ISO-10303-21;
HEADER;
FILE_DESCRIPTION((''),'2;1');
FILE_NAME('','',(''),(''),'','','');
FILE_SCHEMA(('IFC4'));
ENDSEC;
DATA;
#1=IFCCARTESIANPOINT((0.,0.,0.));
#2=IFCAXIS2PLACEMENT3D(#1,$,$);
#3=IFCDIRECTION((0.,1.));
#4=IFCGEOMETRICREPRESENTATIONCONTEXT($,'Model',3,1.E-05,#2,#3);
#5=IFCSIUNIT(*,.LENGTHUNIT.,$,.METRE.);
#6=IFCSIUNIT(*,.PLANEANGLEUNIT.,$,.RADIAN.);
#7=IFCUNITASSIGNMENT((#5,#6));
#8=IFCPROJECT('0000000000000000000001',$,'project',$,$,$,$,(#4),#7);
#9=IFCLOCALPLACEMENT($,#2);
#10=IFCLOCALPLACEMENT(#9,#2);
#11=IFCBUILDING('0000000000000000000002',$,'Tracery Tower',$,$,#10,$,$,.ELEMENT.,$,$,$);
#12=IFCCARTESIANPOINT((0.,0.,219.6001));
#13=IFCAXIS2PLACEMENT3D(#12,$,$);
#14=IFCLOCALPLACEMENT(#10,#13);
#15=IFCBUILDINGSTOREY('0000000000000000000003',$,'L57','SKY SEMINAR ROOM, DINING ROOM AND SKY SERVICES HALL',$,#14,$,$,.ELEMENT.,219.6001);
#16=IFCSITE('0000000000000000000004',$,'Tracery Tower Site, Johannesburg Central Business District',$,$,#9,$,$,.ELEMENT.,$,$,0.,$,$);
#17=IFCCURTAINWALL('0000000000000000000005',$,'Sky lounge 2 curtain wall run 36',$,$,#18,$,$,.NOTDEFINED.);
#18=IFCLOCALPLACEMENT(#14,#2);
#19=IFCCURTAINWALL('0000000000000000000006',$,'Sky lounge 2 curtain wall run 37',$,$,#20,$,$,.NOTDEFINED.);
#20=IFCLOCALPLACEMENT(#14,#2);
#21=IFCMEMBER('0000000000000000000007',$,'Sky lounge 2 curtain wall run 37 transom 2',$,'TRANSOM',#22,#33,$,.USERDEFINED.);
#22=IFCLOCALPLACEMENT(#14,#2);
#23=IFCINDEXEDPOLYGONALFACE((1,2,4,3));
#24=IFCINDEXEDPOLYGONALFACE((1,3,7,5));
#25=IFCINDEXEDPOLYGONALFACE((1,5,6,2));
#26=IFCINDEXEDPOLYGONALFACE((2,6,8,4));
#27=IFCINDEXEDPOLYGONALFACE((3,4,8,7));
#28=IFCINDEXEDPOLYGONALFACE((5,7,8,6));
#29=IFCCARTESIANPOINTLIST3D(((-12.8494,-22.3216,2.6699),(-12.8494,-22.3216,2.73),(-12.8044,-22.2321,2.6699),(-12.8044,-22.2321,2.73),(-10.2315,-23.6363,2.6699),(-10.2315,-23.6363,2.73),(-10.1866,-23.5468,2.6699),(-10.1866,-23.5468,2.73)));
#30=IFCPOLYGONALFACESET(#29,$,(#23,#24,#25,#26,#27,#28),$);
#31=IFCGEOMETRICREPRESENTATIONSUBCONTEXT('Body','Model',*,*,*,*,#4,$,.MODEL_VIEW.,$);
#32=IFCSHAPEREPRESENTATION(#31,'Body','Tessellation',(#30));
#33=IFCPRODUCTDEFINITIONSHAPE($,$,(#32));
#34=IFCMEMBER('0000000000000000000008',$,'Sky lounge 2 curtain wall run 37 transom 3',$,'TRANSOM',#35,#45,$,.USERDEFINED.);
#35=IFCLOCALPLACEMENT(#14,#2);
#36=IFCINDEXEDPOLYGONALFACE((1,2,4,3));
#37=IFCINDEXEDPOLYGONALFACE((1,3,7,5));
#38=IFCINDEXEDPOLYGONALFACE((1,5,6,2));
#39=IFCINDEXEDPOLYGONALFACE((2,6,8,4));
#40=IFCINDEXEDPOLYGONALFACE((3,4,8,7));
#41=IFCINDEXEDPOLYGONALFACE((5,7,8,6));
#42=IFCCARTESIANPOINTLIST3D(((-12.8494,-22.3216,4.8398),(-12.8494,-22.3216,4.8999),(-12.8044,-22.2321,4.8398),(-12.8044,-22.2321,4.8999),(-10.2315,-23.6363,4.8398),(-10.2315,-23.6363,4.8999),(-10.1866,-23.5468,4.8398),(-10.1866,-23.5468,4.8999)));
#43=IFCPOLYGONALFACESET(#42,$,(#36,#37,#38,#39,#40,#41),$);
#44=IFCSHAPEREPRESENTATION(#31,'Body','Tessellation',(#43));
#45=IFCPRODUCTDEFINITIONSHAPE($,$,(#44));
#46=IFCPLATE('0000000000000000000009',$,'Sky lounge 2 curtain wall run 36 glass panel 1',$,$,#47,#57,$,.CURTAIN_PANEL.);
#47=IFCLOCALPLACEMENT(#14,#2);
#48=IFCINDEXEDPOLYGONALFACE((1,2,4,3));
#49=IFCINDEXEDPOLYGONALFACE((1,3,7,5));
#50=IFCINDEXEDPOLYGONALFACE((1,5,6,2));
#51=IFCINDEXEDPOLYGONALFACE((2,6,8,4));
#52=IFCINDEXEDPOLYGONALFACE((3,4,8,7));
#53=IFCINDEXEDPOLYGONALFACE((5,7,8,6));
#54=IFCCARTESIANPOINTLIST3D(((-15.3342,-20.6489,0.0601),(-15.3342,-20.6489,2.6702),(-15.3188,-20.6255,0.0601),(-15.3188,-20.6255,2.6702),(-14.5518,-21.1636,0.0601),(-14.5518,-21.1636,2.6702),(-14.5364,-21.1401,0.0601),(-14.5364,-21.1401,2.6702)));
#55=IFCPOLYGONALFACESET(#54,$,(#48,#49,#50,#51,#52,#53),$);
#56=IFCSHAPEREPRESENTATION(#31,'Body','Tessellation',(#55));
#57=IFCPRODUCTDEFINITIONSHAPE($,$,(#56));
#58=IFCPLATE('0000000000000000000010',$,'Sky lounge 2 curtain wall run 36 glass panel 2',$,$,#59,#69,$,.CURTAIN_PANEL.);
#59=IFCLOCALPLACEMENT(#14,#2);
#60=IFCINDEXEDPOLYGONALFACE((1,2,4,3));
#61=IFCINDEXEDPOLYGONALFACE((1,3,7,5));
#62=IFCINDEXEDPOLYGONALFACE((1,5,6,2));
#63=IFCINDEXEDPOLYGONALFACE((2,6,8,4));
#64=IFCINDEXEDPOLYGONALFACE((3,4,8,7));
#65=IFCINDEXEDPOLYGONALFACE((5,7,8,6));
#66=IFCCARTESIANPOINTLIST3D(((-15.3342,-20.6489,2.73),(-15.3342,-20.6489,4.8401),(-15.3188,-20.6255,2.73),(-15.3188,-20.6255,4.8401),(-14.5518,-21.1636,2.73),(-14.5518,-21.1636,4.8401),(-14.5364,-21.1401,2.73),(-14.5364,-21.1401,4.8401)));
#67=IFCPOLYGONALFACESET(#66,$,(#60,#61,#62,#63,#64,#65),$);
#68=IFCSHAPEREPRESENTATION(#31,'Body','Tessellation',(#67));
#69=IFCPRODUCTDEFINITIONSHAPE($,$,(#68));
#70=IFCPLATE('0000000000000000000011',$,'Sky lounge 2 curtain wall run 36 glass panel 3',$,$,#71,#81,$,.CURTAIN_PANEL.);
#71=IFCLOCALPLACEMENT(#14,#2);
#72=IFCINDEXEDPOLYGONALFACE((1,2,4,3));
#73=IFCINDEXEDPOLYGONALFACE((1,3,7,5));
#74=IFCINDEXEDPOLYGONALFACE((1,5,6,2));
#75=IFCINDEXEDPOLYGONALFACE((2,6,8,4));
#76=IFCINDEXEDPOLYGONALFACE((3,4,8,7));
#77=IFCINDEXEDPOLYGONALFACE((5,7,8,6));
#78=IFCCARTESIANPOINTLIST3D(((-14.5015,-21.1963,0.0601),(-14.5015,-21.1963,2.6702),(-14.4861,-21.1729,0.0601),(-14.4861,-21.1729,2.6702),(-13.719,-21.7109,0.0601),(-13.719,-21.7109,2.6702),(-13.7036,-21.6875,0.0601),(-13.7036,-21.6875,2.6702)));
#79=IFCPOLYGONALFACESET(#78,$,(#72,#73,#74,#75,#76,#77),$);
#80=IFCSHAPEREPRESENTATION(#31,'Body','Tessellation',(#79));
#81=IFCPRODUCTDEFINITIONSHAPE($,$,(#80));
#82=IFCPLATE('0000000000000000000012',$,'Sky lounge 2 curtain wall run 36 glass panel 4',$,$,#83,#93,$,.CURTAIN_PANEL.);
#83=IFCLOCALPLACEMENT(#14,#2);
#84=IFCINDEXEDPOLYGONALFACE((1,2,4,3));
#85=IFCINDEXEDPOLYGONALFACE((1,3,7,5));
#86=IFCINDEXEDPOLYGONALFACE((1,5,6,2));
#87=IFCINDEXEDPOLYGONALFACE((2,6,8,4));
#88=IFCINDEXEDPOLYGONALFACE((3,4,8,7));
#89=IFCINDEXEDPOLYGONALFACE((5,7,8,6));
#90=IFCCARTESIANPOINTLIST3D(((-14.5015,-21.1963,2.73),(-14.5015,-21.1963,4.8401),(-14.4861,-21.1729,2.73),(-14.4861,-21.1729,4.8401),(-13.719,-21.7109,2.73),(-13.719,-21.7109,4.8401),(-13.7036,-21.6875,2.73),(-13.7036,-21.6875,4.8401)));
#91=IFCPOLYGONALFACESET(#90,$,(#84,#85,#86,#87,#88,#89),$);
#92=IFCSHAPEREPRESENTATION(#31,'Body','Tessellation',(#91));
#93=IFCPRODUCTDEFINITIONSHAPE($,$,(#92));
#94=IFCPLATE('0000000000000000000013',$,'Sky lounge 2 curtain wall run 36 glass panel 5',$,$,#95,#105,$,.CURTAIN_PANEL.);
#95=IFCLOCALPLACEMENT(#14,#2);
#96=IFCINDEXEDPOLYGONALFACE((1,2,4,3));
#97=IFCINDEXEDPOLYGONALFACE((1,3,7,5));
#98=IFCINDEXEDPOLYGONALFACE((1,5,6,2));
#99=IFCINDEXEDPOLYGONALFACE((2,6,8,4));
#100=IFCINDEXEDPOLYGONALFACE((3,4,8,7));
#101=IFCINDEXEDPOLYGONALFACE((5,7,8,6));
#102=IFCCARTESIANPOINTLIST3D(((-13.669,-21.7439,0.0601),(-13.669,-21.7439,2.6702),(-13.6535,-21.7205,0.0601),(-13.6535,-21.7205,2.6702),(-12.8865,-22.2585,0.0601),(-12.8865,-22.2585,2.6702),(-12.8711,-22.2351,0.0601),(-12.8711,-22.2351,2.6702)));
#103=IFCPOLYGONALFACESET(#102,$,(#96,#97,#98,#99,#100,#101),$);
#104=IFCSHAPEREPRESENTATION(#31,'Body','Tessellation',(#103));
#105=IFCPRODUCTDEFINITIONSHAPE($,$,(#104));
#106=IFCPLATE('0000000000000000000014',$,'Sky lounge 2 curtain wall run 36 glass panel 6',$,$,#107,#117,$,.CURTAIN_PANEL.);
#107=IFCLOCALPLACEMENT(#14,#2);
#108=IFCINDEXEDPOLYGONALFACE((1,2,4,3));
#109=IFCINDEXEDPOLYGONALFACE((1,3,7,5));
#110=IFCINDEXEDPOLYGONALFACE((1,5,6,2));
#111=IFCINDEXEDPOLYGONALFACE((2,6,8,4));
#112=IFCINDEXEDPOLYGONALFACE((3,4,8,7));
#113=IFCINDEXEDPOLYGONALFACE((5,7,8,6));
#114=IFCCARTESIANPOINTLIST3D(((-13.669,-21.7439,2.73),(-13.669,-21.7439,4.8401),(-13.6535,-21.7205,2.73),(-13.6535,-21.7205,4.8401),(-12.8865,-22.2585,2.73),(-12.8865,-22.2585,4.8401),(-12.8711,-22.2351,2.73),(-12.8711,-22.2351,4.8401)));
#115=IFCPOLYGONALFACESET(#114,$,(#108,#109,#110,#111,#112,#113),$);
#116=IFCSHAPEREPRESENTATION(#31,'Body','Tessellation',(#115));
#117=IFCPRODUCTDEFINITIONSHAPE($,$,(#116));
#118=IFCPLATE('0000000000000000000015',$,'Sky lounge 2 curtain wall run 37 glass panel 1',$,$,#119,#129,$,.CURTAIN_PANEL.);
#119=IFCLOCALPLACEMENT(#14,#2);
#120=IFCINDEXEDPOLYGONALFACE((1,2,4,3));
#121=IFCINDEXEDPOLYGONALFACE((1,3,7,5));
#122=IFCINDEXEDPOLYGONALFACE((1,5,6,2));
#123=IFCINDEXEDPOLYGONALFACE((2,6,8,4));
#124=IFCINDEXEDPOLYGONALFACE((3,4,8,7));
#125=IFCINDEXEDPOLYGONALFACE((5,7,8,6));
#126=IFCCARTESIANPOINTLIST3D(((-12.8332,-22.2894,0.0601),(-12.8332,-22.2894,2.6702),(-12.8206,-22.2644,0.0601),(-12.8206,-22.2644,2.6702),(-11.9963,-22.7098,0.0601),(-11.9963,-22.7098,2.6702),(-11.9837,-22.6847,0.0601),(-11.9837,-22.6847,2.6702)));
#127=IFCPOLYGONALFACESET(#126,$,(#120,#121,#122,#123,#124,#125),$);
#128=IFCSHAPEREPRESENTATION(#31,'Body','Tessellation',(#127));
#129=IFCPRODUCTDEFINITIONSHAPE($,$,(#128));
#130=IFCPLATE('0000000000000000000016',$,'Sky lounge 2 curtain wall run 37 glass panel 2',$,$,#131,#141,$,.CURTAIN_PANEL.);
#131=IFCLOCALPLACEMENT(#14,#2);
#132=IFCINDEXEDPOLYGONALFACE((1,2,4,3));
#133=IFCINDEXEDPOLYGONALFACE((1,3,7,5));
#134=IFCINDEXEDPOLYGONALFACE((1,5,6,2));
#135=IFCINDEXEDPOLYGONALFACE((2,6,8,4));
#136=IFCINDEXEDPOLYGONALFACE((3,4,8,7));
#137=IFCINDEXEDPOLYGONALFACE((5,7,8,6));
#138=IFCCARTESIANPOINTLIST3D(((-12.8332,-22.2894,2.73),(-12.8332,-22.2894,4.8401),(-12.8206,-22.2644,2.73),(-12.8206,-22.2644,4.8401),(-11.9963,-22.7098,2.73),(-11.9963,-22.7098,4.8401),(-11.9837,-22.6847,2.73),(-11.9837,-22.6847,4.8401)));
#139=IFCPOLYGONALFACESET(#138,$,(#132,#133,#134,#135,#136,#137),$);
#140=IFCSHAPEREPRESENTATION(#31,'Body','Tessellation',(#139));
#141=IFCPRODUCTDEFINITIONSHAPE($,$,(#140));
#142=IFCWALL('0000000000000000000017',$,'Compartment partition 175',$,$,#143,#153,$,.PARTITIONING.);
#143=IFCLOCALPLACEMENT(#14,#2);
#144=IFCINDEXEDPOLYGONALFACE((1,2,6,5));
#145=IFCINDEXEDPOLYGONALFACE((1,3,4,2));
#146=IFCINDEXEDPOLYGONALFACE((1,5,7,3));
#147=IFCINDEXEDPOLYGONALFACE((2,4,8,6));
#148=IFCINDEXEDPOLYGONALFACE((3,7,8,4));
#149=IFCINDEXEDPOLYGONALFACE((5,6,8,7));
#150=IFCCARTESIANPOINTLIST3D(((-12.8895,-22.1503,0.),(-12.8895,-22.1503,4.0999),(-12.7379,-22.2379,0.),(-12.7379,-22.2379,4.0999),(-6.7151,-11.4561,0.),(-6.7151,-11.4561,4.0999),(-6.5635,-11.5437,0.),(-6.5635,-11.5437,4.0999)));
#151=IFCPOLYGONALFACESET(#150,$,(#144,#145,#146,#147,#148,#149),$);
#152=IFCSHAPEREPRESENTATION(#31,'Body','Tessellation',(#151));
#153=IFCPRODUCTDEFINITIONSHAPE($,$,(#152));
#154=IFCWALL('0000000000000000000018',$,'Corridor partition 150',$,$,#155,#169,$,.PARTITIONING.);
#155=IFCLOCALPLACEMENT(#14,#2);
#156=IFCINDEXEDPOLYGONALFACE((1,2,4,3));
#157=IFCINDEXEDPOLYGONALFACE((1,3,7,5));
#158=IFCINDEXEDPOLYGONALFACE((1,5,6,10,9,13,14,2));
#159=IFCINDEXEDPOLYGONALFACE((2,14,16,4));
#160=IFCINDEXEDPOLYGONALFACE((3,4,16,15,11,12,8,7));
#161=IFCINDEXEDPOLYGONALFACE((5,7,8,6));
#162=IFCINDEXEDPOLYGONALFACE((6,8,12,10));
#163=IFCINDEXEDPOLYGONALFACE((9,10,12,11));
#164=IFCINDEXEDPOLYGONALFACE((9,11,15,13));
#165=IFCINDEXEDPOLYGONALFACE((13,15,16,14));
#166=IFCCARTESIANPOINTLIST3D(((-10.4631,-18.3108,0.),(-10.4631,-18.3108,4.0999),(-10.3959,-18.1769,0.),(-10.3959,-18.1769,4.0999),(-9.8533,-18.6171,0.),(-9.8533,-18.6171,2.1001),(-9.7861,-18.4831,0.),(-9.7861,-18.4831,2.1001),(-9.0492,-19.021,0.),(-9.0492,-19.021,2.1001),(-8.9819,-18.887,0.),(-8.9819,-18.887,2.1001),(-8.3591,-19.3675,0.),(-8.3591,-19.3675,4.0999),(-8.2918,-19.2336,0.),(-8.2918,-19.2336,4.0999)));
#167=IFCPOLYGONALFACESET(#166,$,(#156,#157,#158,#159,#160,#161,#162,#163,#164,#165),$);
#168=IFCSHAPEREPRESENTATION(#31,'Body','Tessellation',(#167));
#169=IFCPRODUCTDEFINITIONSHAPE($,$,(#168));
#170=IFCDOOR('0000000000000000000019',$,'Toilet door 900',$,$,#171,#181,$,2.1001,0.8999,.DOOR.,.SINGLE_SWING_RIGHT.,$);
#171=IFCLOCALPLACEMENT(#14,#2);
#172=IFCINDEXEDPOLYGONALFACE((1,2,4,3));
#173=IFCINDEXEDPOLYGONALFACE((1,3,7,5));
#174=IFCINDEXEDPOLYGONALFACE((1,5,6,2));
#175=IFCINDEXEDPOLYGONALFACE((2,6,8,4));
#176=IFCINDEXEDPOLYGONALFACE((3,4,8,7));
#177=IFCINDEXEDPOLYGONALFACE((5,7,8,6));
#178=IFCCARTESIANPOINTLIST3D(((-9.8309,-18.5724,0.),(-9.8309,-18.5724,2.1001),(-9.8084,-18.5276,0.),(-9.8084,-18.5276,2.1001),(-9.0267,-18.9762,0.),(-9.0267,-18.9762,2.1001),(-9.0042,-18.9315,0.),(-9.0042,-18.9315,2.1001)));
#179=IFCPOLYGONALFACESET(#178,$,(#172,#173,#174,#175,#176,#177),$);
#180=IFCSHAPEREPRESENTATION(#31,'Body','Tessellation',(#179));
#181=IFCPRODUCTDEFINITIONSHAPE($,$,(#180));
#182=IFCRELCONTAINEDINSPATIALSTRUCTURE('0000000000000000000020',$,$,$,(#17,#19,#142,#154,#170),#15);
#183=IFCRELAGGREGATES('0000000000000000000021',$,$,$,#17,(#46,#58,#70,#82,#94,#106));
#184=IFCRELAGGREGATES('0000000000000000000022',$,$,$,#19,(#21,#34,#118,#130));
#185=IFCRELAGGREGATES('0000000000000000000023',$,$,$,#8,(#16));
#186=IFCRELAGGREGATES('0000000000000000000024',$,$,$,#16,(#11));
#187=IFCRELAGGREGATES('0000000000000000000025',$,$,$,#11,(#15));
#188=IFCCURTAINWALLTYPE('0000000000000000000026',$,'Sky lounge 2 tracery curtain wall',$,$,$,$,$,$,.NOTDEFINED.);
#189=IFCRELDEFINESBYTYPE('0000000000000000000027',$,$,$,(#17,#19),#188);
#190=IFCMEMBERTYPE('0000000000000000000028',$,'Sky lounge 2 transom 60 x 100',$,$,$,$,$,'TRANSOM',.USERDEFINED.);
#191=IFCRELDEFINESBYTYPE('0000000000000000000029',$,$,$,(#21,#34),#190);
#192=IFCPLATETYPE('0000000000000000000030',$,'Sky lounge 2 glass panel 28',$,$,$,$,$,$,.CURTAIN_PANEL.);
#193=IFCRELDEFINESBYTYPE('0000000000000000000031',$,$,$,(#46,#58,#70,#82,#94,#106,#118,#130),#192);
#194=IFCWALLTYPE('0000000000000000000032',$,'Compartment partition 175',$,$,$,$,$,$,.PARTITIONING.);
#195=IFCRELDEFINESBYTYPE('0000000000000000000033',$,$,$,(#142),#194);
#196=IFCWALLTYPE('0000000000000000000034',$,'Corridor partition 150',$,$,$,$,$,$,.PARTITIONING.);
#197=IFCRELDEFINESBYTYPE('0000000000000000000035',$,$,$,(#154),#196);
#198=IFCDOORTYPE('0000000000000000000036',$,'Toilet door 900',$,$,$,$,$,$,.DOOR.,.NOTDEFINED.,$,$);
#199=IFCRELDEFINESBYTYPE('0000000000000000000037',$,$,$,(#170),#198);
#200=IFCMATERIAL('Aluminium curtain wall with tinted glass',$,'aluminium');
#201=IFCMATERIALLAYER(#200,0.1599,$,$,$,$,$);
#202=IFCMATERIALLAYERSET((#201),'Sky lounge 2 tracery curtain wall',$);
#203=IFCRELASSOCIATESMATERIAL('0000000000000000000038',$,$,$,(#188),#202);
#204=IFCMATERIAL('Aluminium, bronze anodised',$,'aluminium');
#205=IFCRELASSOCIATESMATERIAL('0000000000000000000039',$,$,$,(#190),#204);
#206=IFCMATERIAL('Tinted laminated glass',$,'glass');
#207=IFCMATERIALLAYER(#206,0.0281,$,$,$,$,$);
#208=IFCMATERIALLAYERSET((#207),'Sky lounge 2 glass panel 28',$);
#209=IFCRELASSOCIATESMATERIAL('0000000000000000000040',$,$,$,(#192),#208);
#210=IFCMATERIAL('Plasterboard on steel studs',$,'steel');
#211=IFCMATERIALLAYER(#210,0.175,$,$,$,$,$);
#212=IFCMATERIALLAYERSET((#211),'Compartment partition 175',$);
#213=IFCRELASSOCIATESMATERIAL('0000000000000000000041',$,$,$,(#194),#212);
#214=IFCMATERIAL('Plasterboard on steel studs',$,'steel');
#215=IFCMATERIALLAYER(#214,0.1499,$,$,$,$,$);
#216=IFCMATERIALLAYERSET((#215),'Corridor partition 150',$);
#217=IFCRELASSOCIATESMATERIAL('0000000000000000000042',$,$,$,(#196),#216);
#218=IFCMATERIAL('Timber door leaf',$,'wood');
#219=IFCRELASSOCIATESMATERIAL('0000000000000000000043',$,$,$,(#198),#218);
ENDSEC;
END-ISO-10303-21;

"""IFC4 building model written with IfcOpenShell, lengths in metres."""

from ifc_helpers import new_model, si_unit, direction, frame, frame_2d, origin, origin_2d, place, context, subcontext, project, spatial, rectangle, extrude, material, layer, layer_set, material_profile, profile_set, type_object, element, fill, aggregate, save


model = new_model("IFC4")

# Units and contexts
model_context = context("Model", 3, precision=1e-05, world=origin(), true_north=direction((0.0, 1.0)))
body_context = subcontext(model_context, "Body", "Model", "MODEL_VIEW")
ifc_project = project(units=[si_unit("LENGTHUNIT", "METRE"), si_unit("PLANEANGLEUNIT", "RADIAN")], contexts=[model_context])

# Site, building, storey
site_placement = place(None, origin())
site = spatial("IfcSite", under=ifc_project, at=site_placement, Name="Tracery Tower Site, Johannesburg Central Business District", CompositionType="ELEMENT", RefElevation=0.0)
building_placement = place(site_placement, origin())
building = spatial("IfcBuilding", under=site, at=building_placement, Name="Tracery Tower", CompositionType="ELEMENT")
storey_placement = place(building_placement, frame((0.0, 0.0, 219.6001)))
storey = spatial("IfcBuildingStorey", under=building, at=storey_placement, Name="L57", Description="SKY SEMINAR ROOM, DINING ROOM AND SKY SERVICES HALL", CompositionType="ELEMENT", Elevation=219.6001)

# Curtain walls
ifc_material_1 = material(Name="Aluminium curtain wall with tinted glass", Category="aluminium")
ifc_layer_1 = layer(ifc_material_1, 0.1599)
ifc_layer_set_1 = layer_set([ifc_layer_1], Name="Sky lounge 2 tracery curtain wall")
curtain_wall_type = type_object("IfcCurtainWallType", Name="Sky lounge 2 tracery curtain wall", PredefinedType="NOTDEFINED", material=ifc_layer_set_1)
curtain_wall_1_placement = place(storey_placement, origin())
curtain_wall_1 = element("IfcCurtainWall", 1, at=curtain_wall_1_placement, inside=storey, type_object=curtain_wall_type, Name="Sky lounge 2 curtain wall run 36", PredefinedType="NOTDEFINED")
curtain_wall_2_placement = place(storey_placement, origin())
curtain_wall_2 = element("IfcCurtainWall", 2, at=curtain_wall_2_placement, inside=storey, type_object=curtain_wall_type, Name="Sky lounge 2 curtain wall run 37", PredefinedType="NOTDEFINED")

# Members
ifc_material_2 = material(Name="Aluminium, bronze anodised", Category="aluminium")
ifc_material_profile_1 = material_profile(ifc_material_2, rectangle(XDim=0.1001, YDim=0.0601, at=origin_2d()), Name="AL 60x100")
ifc_profile_set_1 = profile_set([ifc_material_profile_1], Name="Aluminium, bronze anodised")
member_type_1 = type_object("IfcMemberType", Name="Sky lounge 2 transom 60 x 100", ElementType="TRANSOM", PredefinedType="USERDEFINED", material=ifc_profile_set_1)
member_1_placement = place(storey_placement, frame((-12.8269, -22.2769, 2.7), z_axis=(0.893642, -0.44878, 0.0), x_axis=(0.44878, 0.893642, 0.0)))
member_1 = element("IfcMember", 3, at=member_1_placement, type_object=member_type_1, Name="Sky lounge 2 curtain wall run 37 transom 2", ObjectType="TRANSOM", PredefinedType="USERDEFINED", context=body_context, shape_type="SweptSolid", body=[
    extrude(rectangle(XDim=0.1001, YDim=0.0601, at=origin_2d()), origin(), (0.0, 0.0, 1.0), 2.9294),
])
member_2_placement = place(storey_placement, frame((-12.8269, -22.2769, 4.8699), z_axis=(0.893642, -0.44878, 0.0), x_axis=(0.44878, 0.893642, 0.0)))
member_2 = element("IfcMember", 4, at=member_2_placement, type_object=member_type_1, Name="Sky lounge 2 curtain wall run 37 transom 3", ObjectType="TRANSOM", PredefinedType="USERDEFINED", context=body_context, shape_type="SweptSolid", body=[
    extrude(rectangle(XDim=0.1001, YDim=0.0601, at=origin_2d()), origin(), (0.0, 0.0, 1.0), 2.9294),
])

# Plates
ifc_material_3 = material(Name="Tinted laminated glass", Category="glass")
ifc_layer_2 = layer(ifc_material_3, 0.0281)
ifc_layer_set_2 = layer_set([ifc_layer_2], Name="Sky lounge 2 glass panel 28")
plate_type = type_object("IfcPlateType", Name="Sky lounge 2 glass panel 28", PredefinedType="CURTAIN_PANEL", material=ifc_layer_set_2)
plate_1_placement = place(storey_placement, frame((-14.9353, -20.8945, 0.0601), z_axis=(0.0, 0.0, 1.0), x_axis=(0.835488, -0.549509, 0.0)))
plate_1 = element("IfcPlate", 5, at=plate_1_placement, type_object=plate_type, Name="Sky lounge 2 curtain wall run 36 glass panel 1", PredefinedType="CURTAIN_PANEL", context=body_context, shape_type="SweptSolid", body=[
    extrude(rectangle(XDim=0.9365, YDim=0.0281, at=origin_2d()), origin(), (0.0, 0.0, 1.0), 2.6101),
])
plate_2_placement = place(storey_placement, frame((-14.9353, -20.8945, 2.73), z_axis=(0.0, 0.0, 1.0), x_axis=(0.835488, -0.549509, 0.0)))
plate_2 = element("IfcPlate", 6, at=plate_2_placement, type_object=plate_type, Name="Sky lounge 2 curtain wall run 36 glass panel 2", PredefinedType="CURTAIN_PANEL", context=body_context, shape_type="SweptSolid", body=[
    extrude(rectangle(XDim=0.9365, YDim=0.0281, at=origin_2d()), origin(), (0.0, 0.0, 1.0), 2.1101),
])
plate_3_placement = place(storey_placement, frame((-14.1025, -21.4419, 0.0601), z_axis=(0.0, 0.0, 1.0), x_axis=(0.835488, -0.549509, 0.0)))
plate_3 = element("IfcPlate", 7, at=plate_3_placement, type_object=plate_type, Name="Sky lounge 2 curtain wall run 36 glass panel 3", PredefinedType="CURTAIN_PANEL", context=body_context, shape_type="SweptSolid", body=[
    extrude(rectangle(XDim=0.9365, YDim=0.0281, at=origin_2d()), origin(), (0.0, 0.0, 1.0), 2.6101),
])
plate_4_placement = place(storey_placement, frame((-14.1025, -21.4419, 2.73), z_axis=(0.0, 0.0, 1.0), x_axis=(0.835488, -0.549509, 0.0)))
plate_4 = element("IfcPlate", 8, at=plate_4_placement, type_object=plate_type, Name="Sky lounge 2 curtain wall run 36 glass panel 4", PredefinedType="CURTAIN_PANEL", context=body_context, shape_type="SweptSolid", body=[
    extrude(rectangle(XDim=0.9365, YDim=0.0281, at=origin_2d()), origin(), (0.0, 0.0, 1.0), 2.1101),
])
plate_5_placement = place(storey_placement, frame((-13.27, -21.9895, 0.0601), z_axis=(0.0, 0.0, 1.0), x_axis=(0.835488, -0.549509, 0.0)))
plate_5 = element("IfcPlate", 9, at=plate_5_placement, type_object=plate_type, Name="Sky lounge 2 curtain wall run 36 glass panel 5", PredefinedType="CURTAIN_PANEL", context=body_context, shape_type="SweptSolid", body=[
    extrude(rectangle(XDim=0.9365, YDim=0.0281, at=origin_2d()), origin(), (0.0, 0.0, 1.0), 2.6101),
])
plate_6_placement = place(storey_placement, frame((-13.27, -21.9895, 2.73), z_axis=(0.0, 0.0, 1.0), x_axis=(0.835488, -0.549509, 0.0)))
plate_6 = element("IfcPlate", 10, at=plate_6_placement, type_object=plate_type, Name="Sky lounge 2 curtain wall run 36 glass panel 6", PredefinedType="CURTAIN_PANEL", context=body_context, shape_type="SweptSolid", body=[
    extrude(rectangle(XDim=0.9365, YDim=0.0281, at=origin_2d()), origin(), (0.0, 0.0, 1.0), 2.1101),
])
aggregate(curtain_wall_1, [plate_1, plate_2, plate_3, plate_4, plate_5, plate_6])
plate_7_placement = place(storey_placement, frame((-12.4084, -22.4871, 0.0601), z_axis=(0.0, 0.0, 1.0), x_axis=(0.893633, -0.448799, 0.0)))
plate_7 = element("IfcPlate", 11, at=plate_7_placement, type_object=plate_type, Name="Sky lounge 2 curtain wall run 37 glass panel 1", PredefinedType="CURTAIN_PANEL", context=body_context, shape_type="SweptSolid", body=[
    extrude(rectangle(XDim=0.9365, YDim=0.0281, at=origin_2d()), origin(), (0.0, 0.0, 1.0), 2.6101),
])
plate_8_placement = place(storey_placement, frame((-12.4084, -22.4871, 2.73), z_axis=(0.0, 0.0, 1.0), x_axis=(0.893633, -0.448799, 0.0)))
plate_8 = element("IfcPlate", 12, at=plate_8_placement, type_object=plate_type, Name="Sky lounge 2 curtain wall run 37 glass panel 2", PredefinedType="CURTAIN_PANEL", context=body_context, shape_type="SweptSolid", body=[
    extrude(rectangle(XDim=0.9365, YDim=0.0281, at=origin_2d()), origin(), (0.0, 0.0, 1.0), 2.1101),
])
aggregate(curtain_wall_2, [member_1, member_2, plate_7, plate_8])

# Wall
ifc_material_4 = material(Name="Plasterboard on steel studs", Category="steel")
ifc_layer_3 = layer(ifc_material_4, 0.175)
ifc_layer_set_3 = layer_set([ifc_layer_3], Name="Compartment partition 175")
wall_type_1 = type_object("IfcWallType", Name="Compartment partition 175", PredefinedType="PARTITIONING", material=ifc_layer_set_3)
wall_1_placement = place(storey_placement, frame((-12.8137, -22.1941, 0.0), z_axis=(0.0, 0.0, 1.0), x_axis=(0.500005, 0.866023, 0.0)))
element("IfcWall", 13, at=wall_1_placement, inside=storey, type_object=wall_type_1, Name="Compartment partition 175", PredefinedType="PARTITIONING", context=body_context, shape_type="SweptSolid", body=[
    extrude(rectangle(XDim=12.3486, YDim=0.175, at=frame_2d((6.1743, 0.0))), origin(), (0.0, 0.0, 1.0), 4.0999),
])

# Wall, opening, door
ifc_material_5 = material(Name="Plasterboard on steel studs", Category="steel")
ifc_layer_4 = layer(ifc_material_5, 0.1499)
ifc_layer_set_4 = layer_set([ifc_layer_4], Name="Corridor partition 150")
wall_type_2 = type_object("IfcWallType", Name="Corridor partition 150", PredefinedType="PARTITIONING", material=ifc_layer_set_4)
wall_2_placement = place(storey_placement, frame((-8.3254, -19.3005, 0.0), z_axis=(0.0, 0.0, 1.0), x_axis=(-0.893638, 0.448789, 0.0)))
wall_2 = element("IfcWall", 14, at=wall_2_placement, inside=storey, type_object=wall_type_2, Name="Corridor partition 150", PredefinedType="PARTITIONING", context=body_context, shape_type="SweptSolid", body=[
    extrude(rectangle(XDim=2.3545, YDim=0.1499, at=frame_2d((1.1772, 0.0))), origin(), (0.0, 0.0, 1.0), 4.0999),
])
opening_1_placement = place(wall_2_placement, frame((0.7722, 0.0, 0.0)))
opening_1 = element("IfcOpeningElement", 15, at=opening_1_placement, cuts=wall_2, PredefinedType="OPENING", context=body_context, shape_type="SweptSolid", body=[
    extrude(rectangle(XDim=0.8999, YDim=2.1001, at=frame_2d((0.45, 1.05))), frame((0.0, 0.075, 0.0), z_axis=(0.0, -1.0, 0.0), x_axis=(1.0, 0.0, 0.0)), (0.0, 0.0, 1.0), 0.1499),
])
ifc_material_6 = material(Name="Timber door leaf", Category="wood")
door_type = type_object("IfcDoorType", Name="Toilet door 900", OperationType="NOTDEFINED", PredefinedType="DOOR", material=ifc_material_6)
door_1_placement = place(opening_1_placement, origin())
door_1 = element("IfcDoor", 16, at=door_1_placement, inside=storey, type_object=door_type, Name="Toilet door 900", OperationType="SINGLE_SWING_RIGHT", OverallHeight=2.1001, OverallWidth=0.8999, PredefinedType="DOOR", context=body_context, shape_type="SweptSolid", body=[
    extrude(rectangle(XDim=0.8999, YDim=2.1001, at=frame_2d((0.45, 1.05))), frame((0.0, 0.0249, 0.0), z_axis=(0.0, -1.0, 0.0), x_axis=(1.0, 0.0, 0.0)), (0.0, 0.0, 1.0), 0.05),
])
fill(opening_1, door_1)

save(model, "model.ifc")
